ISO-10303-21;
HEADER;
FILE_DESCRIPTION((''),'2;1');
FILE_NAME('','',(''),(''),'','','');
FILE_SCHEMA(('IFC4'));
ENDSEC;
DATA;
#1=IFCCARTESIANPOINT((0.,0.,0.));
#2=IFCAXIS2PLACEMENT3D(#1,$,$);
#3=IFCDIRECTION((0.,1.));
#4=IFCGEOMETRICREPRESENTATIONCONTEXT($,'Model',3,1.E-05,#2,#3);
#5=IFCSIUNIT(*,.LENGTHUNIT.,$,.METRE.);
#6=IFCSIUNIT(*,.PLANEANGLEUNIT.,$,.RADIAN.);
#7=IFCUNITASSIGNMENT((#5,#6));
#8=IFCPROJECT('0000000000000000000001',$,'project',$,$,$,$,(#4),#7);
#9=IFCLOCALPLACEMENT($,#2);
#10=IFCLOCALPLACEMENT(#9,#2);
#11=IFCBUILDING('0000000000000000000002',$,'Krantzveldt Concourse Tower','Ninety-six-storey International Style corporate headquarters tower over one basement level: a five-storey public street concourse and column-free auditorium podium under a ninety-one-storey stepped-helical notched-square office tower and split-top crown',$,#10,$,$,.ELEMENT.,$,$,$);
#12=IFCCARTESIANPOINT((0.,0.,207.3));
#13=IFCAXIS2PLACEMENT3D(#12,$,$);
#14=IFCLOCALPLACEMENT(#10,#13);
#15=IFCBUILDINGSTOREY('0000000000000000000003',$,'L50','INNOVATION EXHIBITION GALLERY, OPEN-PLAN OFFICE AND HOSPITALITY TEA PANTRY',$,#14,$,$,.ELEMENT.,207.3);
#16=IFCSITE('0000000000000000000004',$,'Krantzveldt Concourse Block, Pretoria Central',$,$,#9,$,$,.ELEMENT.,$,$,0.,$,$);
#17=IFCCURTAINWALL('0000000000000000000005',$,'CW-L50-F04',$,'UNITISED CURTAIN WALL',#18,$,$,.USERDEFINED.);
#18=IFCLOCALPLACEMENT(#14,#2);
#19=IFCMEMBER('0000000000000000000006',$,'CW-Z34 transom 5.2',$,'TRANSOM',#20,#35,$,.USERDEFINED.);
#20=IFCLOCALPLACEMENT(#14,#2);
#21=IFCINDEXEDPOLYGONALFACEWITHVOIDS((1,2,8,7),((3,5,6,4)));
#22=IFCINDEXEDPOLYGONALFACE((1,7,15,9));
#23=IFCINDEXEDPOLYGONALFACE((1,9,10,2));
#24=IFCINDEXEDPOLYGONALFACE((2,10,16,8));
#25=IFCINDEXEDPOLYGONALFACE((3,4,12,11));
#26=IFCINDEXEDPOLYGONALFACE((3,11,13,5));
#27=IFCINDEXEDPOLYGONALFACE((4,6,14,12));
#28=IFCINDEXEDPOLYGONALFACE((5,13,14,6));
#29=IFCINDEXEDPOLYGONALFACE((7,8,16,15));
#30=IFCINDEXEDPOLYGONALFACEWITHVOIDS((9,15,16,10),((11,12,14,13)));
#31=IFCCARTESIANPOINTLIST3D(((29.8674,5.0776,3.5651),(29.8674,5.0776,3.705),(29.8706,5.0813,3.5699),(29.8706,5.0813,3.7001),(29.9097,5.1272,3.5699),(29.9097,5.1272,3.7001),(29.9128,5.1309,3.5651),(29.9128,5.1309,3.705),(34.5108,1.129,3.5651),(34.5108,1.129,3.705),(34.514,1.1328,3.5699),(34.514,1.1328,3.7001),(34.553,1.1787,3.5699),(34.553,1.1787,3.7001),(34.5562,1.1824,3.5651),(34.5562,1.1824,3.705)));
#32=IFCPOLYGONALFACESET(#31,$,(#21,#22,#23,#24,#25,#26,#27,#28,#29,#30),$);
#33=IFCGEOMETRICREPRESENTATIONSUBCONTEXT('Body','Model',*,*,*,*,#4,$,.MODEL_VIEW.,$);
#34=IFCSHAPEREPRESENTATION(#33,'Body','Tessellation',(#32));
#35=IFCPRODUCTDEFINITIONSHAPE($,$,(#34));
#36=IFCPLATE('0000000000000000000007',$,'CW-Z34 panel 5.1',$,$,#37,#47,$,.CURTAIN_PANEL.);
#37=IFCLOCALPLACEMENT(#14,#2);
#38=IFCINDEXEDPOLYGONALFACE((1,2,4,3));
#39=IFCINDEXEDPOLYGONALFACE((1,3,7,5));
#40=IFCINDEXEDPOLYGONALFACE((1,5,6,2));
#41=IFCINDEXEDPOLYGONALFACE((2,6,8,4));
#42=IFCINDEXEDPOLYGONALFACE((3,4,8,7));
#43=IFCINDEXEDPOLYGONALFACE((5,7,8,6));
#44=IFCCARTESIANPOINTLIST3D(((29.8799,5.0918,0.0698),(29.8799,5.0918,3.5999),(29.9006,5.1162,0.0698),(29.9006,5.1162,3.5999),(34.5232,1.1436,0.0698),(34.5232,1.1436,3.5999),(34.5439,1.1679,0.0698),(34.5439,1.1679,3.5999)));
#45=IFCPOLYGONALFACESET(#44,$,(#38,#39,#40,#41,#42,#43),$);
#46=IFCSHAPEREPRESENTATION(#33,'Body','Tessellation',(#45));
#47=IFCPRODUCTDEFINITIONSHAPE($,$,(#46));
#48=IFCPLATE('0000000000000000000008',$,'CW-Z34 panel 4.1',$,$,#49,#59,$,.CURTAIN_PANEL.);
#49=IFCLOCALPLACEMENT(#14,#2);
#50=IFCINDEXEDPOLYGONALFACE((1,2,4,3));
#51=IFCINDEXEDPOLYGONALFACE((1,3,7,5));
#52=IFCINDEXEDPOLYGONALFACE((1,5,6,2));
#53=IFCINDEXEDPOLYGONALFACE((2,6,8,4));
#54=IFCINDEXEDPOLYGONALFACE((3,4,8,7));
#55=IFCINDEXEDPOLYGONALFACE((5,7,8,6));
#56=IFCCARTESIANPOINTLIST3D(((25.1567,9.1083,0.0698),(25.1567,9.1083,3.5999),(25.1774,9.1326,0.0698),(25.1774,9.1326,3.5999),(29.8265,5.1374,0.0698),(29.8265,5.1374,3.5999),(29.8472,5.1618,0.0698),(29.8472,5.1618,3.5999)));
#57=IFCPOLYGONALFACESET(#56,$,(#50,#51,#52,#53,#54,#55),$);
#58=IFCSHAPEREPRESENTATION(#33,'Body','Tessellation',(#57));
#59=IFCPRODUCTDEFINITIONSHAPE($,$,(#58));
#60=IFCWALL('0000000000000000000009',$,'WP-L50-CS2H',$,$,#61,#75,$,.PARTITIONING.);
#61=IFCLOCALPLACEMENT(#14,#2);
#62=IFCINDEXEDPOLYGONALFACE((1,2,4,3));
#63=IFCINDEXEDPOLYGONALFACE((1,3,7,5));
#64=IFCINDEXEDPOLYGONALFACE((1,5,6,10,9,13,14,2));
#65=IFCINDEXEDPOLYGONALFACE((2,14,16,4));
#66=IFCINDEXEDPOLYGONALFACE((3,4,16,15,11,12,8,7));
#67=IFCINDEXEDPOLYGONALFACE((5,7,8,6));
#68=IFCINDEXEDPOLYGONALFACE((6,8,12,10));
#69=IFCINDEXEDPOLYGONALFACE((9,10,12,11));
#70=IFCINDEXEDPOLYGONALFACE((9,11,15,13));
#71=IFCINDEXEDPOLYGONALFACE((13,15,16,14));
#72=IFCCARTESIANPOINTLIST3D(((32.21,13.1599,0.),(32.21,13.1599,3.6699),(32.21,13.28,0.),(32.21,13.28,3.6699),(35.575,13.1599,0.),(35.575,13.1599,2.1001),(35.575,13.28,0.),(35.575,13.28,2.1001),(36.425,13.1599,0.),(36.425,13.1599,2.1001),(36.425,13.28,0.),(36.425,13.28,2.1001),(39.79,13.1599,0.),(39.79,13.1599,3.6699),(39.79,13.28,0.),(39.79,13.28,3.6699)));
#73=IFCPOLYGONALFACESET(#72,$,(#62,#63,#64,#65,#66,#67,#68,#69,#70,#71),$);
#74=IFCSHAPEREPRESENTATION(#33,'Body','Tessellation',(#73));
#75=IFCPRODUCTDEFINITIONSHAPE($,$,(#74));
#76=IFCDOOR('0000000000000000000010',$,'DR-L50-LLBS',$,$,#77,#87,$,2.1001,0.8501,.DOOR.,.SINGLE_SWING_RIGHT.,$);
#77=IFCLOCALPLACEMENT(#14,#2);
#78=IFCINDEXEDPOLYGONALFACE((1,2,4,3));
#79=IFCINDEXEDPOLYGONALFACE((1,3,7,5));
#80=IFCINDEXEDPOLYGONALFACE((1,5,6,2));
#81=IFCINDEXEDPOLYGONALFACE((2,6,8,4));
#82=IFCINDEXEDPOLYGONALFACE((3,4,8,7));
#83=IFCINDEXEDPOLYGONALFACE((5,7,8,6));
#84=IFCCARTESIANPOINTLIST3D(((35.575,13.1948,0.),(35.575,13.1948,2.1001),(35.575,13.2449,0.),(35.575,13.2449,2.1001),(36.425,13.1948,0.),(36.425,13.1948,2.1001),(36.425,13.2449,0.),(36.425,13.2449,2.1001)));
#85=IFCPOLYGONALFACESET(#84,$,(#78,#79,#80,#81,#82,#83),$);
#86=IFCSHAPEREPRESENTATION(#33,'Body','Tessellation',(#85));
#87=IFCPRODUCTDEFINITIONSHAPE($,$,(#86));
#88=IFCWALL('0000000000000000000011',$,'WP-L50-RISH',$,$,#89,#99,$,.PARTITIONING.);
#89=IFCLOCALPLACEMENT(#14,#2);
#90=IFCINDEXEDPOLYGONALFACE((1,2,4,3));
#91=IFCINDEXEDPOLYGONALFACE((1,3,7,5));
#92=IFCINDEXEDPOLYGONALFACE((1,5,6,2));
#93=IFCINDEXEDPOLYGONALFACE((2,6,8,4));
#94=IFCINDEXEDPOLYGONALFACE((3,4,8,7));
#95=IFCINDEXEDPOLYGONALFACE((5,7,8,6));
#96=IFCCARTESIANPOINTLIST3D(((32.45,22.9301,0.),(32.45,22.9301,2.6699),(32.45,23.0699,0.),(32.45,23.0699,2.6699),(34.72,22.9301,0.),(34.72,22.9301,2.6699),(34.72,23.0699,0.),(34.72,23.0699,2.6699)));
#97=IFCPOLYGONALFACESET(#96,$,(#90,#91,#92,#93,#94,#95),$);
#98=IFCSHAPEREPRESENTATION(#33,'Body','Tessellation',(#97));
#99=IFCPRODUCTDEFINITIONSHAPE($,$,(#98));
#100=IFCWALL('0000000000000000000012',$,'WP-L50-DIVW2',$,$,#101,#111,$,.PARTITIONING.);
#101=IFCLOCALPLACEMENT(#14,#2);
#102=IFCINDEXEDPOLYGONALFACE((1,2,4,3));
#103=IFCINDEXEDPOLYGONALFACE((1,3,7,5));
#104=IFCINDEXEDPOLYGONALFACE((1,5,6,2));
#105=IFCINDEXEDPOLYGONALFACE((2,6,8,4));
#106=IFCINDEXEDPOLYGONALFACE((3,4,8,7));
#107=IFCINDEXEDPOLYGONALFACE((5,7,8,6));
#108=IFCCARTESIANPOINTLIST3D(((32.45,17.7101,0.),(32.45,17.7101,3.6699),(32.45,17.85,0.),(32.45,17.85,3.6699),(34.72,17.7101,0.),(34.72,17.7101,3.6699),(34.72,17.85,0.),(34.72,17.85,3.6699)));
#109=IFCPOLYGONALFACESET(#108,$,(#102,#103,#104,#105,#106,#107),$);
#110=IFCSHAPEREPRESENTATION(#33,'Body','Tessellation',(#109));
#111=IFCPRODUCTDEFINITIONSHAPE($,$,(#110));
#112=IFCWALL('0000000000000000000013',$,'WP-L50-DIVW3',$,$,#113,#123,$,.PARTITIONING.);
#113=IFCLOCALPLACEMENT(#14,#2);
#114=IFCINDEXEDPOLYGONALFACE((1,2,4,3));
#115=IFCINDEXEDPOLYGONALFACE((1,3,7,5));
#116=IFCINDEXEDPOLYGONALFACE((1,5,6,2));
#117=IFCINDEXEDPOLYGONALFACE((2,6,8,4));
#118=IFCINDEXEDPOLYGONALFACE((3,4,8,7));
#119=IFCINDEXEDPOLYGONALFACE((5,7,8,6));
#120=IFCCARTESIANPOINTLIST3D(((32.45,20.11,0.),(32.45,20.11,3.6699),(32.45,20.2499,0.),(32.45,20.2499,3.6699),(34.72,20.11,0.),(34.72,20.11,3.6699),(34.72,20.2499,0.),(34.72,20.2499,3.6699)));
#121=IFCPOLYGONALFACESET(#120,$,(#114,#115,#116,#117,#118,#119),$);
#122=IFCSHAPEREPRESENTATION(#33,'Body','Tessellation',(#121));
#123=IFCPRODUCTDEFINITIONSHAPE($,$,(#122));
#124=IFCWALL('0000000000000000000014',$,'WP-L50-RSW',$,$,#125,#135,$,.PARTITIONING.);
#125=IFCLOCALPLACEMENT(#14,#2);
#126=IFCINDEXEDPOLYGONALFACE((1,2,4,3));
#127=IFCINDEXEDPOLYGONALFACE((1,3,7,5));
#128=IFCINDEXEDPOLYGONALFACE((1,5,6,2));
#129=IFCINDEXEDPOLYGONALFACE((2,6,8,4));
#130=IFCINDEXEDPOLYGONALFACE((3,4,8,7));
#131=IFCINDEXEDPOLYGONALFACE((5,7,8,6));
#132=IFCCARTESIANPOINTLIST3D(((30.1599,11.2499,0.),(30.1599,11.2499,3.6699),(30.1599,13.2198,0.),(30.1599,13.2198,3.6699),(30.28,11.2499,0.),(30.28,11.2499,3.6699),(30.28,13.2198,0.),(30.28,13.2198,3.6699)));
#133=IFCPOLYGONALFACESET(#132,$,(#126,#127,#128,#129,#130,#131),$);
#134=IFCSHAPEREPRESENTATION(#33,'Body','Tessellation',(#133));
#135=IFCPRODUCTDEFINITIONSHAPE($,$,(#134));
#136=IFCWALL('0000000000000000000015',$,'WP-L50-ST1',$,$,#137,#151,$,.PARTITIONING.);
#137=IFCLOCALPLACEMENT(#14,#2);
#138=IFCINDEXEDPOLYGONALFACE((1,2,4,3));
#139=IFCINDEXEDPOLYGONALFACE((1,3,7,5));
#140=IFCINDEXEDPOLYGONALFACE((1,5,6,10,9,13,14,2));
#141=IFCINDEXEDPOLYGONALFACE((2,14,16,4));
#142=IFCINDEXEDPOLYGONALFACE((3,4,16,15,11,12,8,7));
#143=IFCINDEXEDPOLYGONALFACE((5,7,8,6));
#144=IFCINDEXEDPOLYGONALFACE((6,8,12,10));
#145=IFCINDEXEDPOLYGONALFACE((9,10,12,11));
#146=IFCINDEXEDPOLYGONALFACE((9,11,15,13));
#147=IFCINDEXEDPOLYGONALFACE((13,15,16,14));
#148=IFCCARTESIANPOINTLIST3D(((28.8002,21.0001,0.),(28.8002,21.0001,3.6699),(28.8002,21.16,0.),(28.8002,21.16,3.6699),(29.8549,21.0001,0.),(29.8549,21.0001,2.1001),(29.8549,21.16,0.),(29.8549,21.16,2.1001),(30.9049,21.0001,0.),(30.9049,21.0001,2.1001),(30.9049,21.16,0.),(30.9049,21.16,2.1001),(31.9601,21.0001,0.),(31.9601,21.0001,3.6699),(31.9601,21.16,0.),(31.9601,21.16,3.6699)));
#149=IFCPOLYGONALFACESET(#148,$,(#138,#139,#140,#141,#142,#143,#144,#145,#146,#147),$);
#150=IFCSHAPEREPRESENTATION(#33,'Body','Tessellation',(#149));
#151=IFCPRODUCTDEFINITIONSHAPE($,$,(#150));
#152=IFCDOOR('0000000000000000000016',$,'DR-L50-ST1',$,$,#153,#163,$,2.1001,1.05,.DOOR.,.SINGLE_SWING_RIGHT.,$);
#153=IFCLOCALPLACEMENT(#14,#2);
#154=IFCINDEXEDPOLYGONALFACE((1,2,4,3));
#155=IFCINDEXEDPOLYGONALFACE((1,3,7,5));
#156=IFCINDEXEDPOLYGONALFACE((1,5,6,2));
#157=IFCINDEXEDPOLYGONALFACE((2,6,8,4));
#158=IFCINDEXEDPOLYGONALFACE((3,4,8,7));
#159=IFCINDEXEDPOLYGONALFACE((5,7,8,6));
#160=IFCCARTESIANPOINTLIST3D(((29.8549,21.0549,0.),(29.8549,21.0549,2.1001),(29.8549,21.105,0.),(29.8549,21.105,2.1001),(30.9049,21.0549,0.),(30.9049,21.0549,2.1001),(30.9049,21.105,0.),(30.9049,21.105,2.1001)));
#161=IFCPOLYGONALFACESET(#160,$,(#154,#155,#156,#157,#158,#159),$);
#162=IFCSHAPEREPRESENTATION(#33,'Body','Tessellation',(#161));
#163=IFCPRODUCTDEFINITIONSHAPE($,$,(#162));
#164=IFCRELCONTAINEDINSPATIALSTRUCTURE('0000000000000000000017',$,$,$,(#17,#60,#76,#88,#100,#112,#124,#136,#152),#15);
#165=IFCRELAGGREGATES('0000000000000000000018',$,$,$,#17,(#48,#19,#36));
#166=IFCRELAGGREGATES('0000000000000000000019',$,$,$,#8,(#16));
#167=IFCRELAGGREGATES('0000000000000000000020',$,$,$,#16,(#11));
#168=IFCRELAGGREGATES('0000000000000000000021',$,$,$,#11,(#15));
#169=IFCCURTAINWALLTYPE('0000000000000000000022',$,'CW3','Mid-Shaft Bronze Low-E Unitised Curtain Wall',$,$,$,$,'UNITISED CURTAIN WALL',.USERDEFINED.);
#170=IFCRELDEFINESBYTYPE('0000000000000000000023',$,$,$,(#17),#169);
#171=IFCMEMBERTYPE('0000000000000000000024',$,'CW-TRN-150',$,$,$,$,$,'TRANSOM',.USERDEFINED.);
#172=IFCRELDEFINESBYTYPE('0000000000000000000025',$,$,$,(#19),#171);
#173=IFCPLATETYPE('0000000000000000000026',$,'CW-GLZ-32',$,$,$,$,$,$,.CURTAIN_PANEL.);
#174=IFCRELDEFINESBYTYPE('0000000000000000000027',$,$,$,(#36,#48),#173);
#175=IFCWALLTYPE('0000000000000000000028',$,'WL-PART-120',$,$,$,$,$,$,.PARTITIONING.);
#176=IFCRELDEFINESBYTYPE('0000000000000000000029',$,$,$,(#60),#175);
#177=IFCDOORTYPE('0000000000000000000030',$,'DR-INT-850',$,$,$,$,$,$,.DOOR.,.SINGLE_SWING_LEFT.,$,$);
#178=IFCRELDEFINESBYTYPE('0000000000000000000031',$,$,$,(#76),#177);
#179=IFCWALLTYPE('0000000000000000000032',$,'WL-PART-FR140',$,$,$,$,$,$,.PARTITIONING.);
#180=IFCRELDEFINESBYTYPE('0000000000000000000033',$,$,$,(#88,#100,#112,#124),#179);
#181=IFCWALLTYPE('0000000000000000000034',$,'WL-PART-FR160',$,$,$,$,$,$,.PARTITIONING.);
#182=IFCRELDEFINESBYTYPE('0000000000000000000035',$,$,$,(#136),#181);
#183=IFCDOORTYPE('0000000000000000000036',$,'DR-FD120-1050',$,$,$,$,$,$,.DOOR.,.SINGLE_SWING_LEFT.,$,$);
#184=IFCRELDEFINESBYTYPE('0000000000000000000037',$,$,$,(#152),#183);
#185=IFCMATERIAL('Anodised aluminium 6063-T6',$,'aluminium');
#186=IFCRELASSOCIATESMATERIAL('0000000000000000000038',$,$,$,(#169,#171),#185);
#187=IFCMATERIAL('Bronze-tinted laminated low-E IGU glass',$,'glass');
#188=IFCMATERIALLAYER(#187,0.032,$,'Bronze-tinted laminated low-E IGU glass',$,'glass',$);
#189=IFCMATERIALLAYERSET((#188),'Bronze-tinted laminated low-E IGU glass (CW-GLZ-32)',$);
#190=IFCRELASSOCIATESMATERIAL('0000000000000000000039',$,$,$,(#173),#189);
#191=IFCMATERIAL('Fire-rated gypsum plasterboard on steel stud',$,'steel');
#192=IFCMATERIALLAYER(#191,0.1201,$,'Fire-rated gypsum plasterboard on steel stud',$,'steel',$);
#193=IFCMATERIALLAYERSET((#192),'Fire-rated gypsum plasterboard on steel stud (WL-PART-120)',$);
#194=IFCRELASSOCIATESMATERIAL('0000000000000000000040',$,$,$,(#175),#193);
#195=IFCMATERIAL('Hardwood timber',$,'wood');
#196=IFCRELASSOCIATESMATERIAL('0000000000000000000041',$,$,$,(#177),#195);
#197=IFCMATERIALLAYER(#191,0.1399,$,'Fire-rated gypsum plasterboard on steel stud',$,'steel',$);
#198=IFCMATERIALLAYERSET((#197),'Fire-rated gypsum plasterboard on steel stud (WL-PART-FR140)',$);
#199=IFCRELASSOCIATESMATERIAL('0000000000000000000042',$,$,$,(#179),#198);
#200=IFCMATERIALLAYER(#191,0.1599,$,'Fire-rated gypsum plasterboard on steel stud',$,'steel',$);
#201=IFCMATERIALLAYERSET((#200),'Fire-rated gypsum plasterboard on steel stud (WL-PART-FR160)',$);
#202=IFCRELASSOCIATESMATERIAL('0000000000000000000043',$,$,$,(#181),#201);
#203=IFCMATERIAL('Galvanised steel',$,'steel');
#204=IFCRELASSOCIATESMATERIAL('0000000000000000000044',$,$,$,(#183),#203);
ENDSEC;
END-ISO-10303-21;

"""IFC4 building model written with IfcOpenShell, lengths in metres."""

from ifc_helpers import new_model, si_unit, direction, frame, frame_2d, origin, origin_2d, place, context, subcontext, project, spatial, rectangle, hollow_rectangle, extrude, source, transform, mapped, material, layer, layer_set, material_profile, profile_set, type_object, type_shapes, element, fill, aggregate, save


model = new_model("IFC4")

# Units and contexts
model_context = context("Model", 3, precision=1e-05, world=origin(), true_north=direction((0.0, 1.0)))
body_context = subcontext(model_context, "Body", "Model", "MODEL_VIEW")
ifc_project = project(units=[si_unit("LENGTHUNIT", "METRE"), si_unit("PLANEANGLEUNIT", "RADIAN")], contexts=[model_context])

# Site, building, storey
site_placement = place(None, origin())
site = spatial("IfcSite", under=ifc_project, at=site_placement, Name="Krantzveldt Concourse Block, Pretoria Central", CompositionType="ELEMENT", RefElevation=0.0)
building_placement = place(site_placement, origin())
building = spatial("IfcBuilding", under=site, at=building_placement, Name="Krantzveldt Concourse Tower", Description="Ninety-six-storey International Style corporate headquarters tower over one basement level: a five-storey public street concourse and column-free auditorium podium under a ninety-one-storey stepped-helical notched-square office tower and split-top crown", CompositionType="ELEMENT")
storey_placement = place(building_placement, frame((0.0, 0.0, 207.3)))
storey = spatial("IfcBuildingStorey", under=building, at=storey_placement, Name="L50", Description="INNOVATION EXHIBITION GALLERY, OPEN-PLAN OFFICE AND HOSPITALITY TEA PANTRY", CompositionType="ELEMENT", Elevation=207.3)

# Curtain wall, member, plates
ifc_material_1 = material(Name="Anodised aluminium 6063-T6", Category="aluminium")
curtain_wall_type = type_object("IfcCurtainWallType", Name="CW3", Description="Mid-Shaft Bronze Low-E Unitised Curtain Wall", ElementType="UNITISED CURTAIN WALL", PredefinedType="USERDEFINED", material=ifc_material_1)
curtain_wall_placement = place(storey_placement, origin())
curtain_wall = element("IfcCurtainWall", 1, at=curtain_wall_placement, inside=storey, type_object=curtain_wall_type, Name="CW-L50-F04", ObjectType="UNITISED CURTAIN WALL", PredefinedType="USERDEFINED")
ifc_material_profile_1 = material_profile(ifc_material_1, hollow_rectangle(XDim=0.0701, YDim=0.1399, WallThickness=0.0049, at=origin_2d()), Name="Anodised aluminium 6063-T6", Category="aluminium")
ifc_profile_set_1 = profile_set([ifc_material_profile_1], Name="Anodised aluminium 6063-T6 - ALU-TRAN 140x70x5")
member_type_1 = type_object("IfcMemberType", Name="CW-TRN-150", ElementType="TRANSOM", PredefinedType="USERDEFINED", material=ifc_profile_set_1)
shared_shape_1 = source(origin(), body_context, "Body", "SweptSolid", [
    extrude(hollow_rectangle(XDim=0.0701, YDim=0.1399, WallThickness=0.0049, at=origin_2d()), origin(), (0.0, 0.0, 1.0), 6.0952),
])
type_shapes(member_type_1, [shared_shape_1])
member_1_placement = place(storey_placement, frame((29.8901, 5.1042, 3.635), z_axis=(0.761804, -0.647808, 0.0), x_axis=(0.647808, 0.761804, 0.0)))
member_1 = element("IfcMember", 2, at=member_1_placement, type_object=member_type_1, Name="CW-Z34 transom 5.2", ObjectType="TRANSOM", PredefinedType="USERDEFINED", context=body_context, shape_type="MappedRepresentation", body=[
    mapped(shared_shape_1, transform((0.0, 0.0, 0.0), x_axis=(1.0, 0.0, 0.0), y_axis=(0.0, 1.0, 0.0), z_axis=(0.0, 0.0, 1.0), scale=1.0)),
])
ifc_material_2 = material(Name="Bronze-tinted laminated low-E IGU glass", Category="glass")
ifc_layer_1 = layer(ifc_material_2, 0.032, Name="Bronze-tinted laminated low-E IGU glass", Category="glass")
ifc_layer_set_1 = layer_set([ifc_layer_1], Name="Bronze-tinted laminated low-E IGU glass (CW-GLZ-32)")
plate_type = type_object("IfcPlateType", Name="CW-GLZ-32", PredefinedType="CURTAIN_PANEL", material=ifc_layer_set_1)
shared_shape_2 = source(origin(), body_context, "Body", "SweptSolid", [
    extrude(rectangle(XDim=6.095, YDim=0.032, at=origin_2d()), origin(), (0.0, 0.0, 1.0), 3.53),
])
plate_1_placement = place(storey_placement, frame((32.2119, 3.1299, 0.0698), z_axis=(0.0, 0.0, 1.0), x_axis=(0.761821, -0.647788, 0.0)))
plate_1 = element("IfcPlate", 3, at=plate_1_placement, type_object=plate_type, Name="CW-Z34 panel 5.1", PredefinedType="CURTAIN_PANEL", context=body_context, shape_type="MappedRepresentation", body=[
    mapped(shared_shape_2, transform((0.0, 0.0, 0.0), x_axis=(1.0, 0.0, 0.0), y_axis=(0.0, 1.0, 0.0), z_axis=(0.0, 0.0, 1.0), scale=1.0)),
])
shared_shape_3 = source(origin(), body_context, "Body", "SweptSolid", [
    extrude(rectangle(XDim=6.1299, YDim=0.032, at=origin_2d()), origin(), (0.0, 0.0, 1.0), 3.53),
])
type_shapes(plate_type, [shared_shape_2, shared_shape_3])
plate_2_placement = place(storey_placement, frame((27.502, 7.135, 0.0698), z_axis=(0.0, 0.0, 1.0), x_axis=(0.761821, -0.647788, 0.0)))
plate_2 = element("IfcPlate", 4, at=plate_2_placement, type_object=plate_type, Name="CW-Z34 panel 4.1", PredefinedType="CURTAIN_PANEL", context=body_context, shape_type="MappedRepresentation", body=[
    mapped(shared_shape_3, transform((0.0, 0.0, 0.0), x_axis=(1.0, 0.0, 0.0), y_axis=(0.0, 1.0, 0.0), z_axis=(0.0, 0.0, 1.0), scale=1.0)),
])
aggregate(curtain_wall, [plate_2, member_1, plate_1])

# Wall, opening, door
ifc_material_3 = material(Name="Fire-rated gypsum plasterboard on steel stud", Category="steel")
ifc_layer_2 = layer(ifc_material_3, 0.1201, Name="Fire-rated gypsum plasterboard on steel stud", Category="steel")
ifc_layer_set_2 = layer_set([ifc_layer_2], Name="Fire-rated gypsum plasterboard on steel stud (WL-PART-120)")
wall_type_1 = type_object("IfcWallType", Name="WL-PART-120", PredefinedType="PARTITIONING", material=ifc_layer_set_2)
wall_1_placement = place(storey_placement, frame((32.21, 13.22, 0.0), z_axis=(0.0, 0.0, 1.0), x_axis=(1.0, 0.0, 0.0)))
wall_1 = element("IfcWall", 5, at=wall_1_placement, inside=storey, type_object=wall_type_1, Name="WP-L50-CS2H", PredefinedType="PARTITIONING", context=body_context, shape_type="SweptSolid", body=[
    extrude(rectangle(XDim=7.5801, YDim=0.1201, at=frame_2d((3.79, 0.0))), origin(), (0.0, 0.0, 1.0), 3.6699),
])
opening_1_placement = place(wall_1_placement, frame((3.365, 0.0, 0.0)))
opening_1 = element("IfcOpeningElement", 6, at=opening_1_placement, cuts=wall_1, PredefinedType="OPENING", context=body_context, shape_type="SweptSolid", body=[
    extrude(rectangle(XDim=0.8501, YDim=2.1001, at=frame_2d((0.425, 1.05))), frame((0.0, 0.0701, 0.0), z_axis=(0.0, -1.0, 0.0), x_axis=(1.0, 0.0, 0.0)), (0.0, 0.0, 1.0), 0.1401),
])
ifc_material_4 = material(Name="Hardwood timber", Category="wood")
door_type_1 = type_object("IfcDoorType", Name="DR-INT-850", OperationType="SINGLE_SWING_LEFT", PredefinedType="DOOR", material=ifc_material_4)
door_1_placement = place(opening_1_placement, origin())
door_1 = element("IfcDoor", 7, at=door_1_placement, inside=storey, type_object=door_type_1, Name="DR-L50-LLBS", OperationType="SINGLE_SWING_RIGHT", OverallHeight=2.1001, OverallWidth=0.8501, PredefinedType="DOOR", context=body_context, shape_type="SweptSolid", body=[
    extrude(rectangle(XDim=0.8501, YDim=2.1001, at=frame_2d((0.425, 1.05))), frame((0.0, 0.0249, 0.0), z_axis=(0.0, -1.0, 0.0), x_axis=(1.0, 0.0, 0.0)), (0.0, 0.0, 1.0), 0.05),
])
fill(opening_1, door_1)

# Walls
ifc_layer_3 = layer(ifc_material_3, 0.1399, Name="Fire-rated gypsum plasterboard on steel stud", Category="steel")
ifc_layer_set_3 = layer_set([ifc_layer_3], Name="Fire-rated gypsum plasterboard on steel stud (WL-PART-FR140)")
wall_type_2 = type_object("IfcWallType", Name="WL-PART-FR140", PredefinedType="PARTITIONING", material=ifc_layer_set_3)
wall_2_placement = place(storey_placement, frame((32.45, 23.0, 0.0), z_axis=(0.0, 0.0, 1.0), x_axis=(1.0, 0.0, 0.0)))
element("IfcWall", 8, at=wall_2_placement, inside=storey, type_object=wall_type_2, Name="WP-L50-RISH", PredefinedType="PARTITIONING", context=body_context, shape_type="SweptSolid", body=[
    extrude(rectangle(XDim=2.27, YDim=0.1399, at=frame_2d((1.135, 0.0))), origin(), (0.0, 0.0, 1.0), 2.6699),
])
for number, where, z_axis, x_axis, name in (
    (9, (32.45, 17.78, 0.0), (0.0, 0.0, 1.0), (1.0, 0.0, 0.0), "WP-L50-DIVW2"),
    (10, (32.45, 20.1799, 0.0), (0.0, 0.0, 1.0), (1.0, 0.0, 0.0), "WP-L50-DIVW3"),
):
    element("IfcWall", number, at=place(storey_placement, frame(where, z_axis=z_axis, x_axis=x_axis)), inside=storey, type_object=wall_type_2, Name=name, PredefinedType="PARTITIONING", context=body_context, shape_type="SweptSolid", body=[
        extrude(rectangle(XDim=2.27, YDim=0.1399, at=frame_2d((1.135, 0.0))), origin(), (0.0, 0.0, 1.0), 3.6699),
    ])
wall_3_placement = place(storey_placement, frame((30.22, 11.25, 0.0), z_axis=(0.0, 0.0, 1.0), x_axis=(0.0, 1.0, 0.0)))
element("IfcWall", 11, at=wall_3_placement, inside=storey, type_object=wall_type_2, Name="WP-L50-RSW", PredefinedType="PARTITIONING", context=body_context, shape_type="SweptSolid", body=[
    extrude(rectangle(XDim=1.97, YDim=0.1201, at=frame_2d((0.9849, 0.0))), origin(), (0.0, 0.0, 1.0), 3.6699),
])

# Wall, opening, door
ifc_layer_4 = layer(ifc_material_3, 0.1599, Name="Fire-rated gypsum plasterboard on steel stud", Category="steel")
ifc_layer_set_4 = layer_set([ifc_layer_4], Name="Fire-rated gypsum plasterboard on steel stud (WL-PART-FR160)")
wall_type_3 = type_object("IfcWallType", Name="WL-PART-FR160", PredefinedType="PARTITIONING", material=ifc_layer_set_4)
wall_4_placement = place(storey_placement, frame((28.8, 21.0801, 0.0), z_axis=(0.0, 0.0, 1.0), x_axis=(1.0, 0.0, 0.0)))
wall_4 = element("IfcWall", 12, at=wall_4_placement, inside=storey, type_object=wall_type_3, Name="WP-L50-ST1", PredefinedType="PARTITIONING", context=body_context, shape_type="SweptSolid", body=[
    extrude(rectangle(XDim=3.1599, YDim=0.1599, at=frame_2d((1.5801, 0.0))), origin(), (0.0, 0.0, 1.0), 3.6699),
])
opening_2_placement = place(wall_4_placement, frame((1.0549, 0.0, 0.0)))
opening_2 = element("IfcOpeningElement", 13, at=opening_2_placement, cuts=wall_4, PredefinedType="OPENING", context=body_context, shape_type="SweptSolid", body=[
    extrude(rectangle(XDim=1.05, YDim=2.1001, at=frame_2d((0.5249, 1.05))), frame((0.0, 0.0898, 0.0), z_axis=(0.0, -1.0, 0.0), x_axis=(1.0, 0.0, 0.0)), (0.0, 0.0, 1.0), 0.1799),
])
ifc_material_5 = material(Name="Galvanised steel", Category="steel")
door_type_2 = type_object("IfcDoorType", Name="DR-FD120-1050", OperationType="SINGLE_SWING_LEFT", PredefinedType="DOOR", material=ifc_material_5)
door_2_placement = place(opening_2_placement, origin())
door_2 = element("IfcDoor", 14, at=door_2_placement, inside=storey, type_object=door_type_2, Name="DR-L50-ST1", OperationType="SINGLE_SWING_RIGHT", OverallHeight=2.1001, OverallWidth=1.05, PredefinedType="DOOR", context=body_context, shape_type="SweptSolid", body=[
    extrude(rectangle(XDim=1.05, YDim=2.1001, at=frame_2d((0.5249, 1.05))), frame((0.0, 0.0249, 0.0), z_axis=(0.0, -1.0, 0.0), x_axis=(1.0, 0.0, 0.0)), (0.0, 0.0, 1.0), 0.05),
])
fill(opening_2, door_2)

save(model, "model.ifc")
